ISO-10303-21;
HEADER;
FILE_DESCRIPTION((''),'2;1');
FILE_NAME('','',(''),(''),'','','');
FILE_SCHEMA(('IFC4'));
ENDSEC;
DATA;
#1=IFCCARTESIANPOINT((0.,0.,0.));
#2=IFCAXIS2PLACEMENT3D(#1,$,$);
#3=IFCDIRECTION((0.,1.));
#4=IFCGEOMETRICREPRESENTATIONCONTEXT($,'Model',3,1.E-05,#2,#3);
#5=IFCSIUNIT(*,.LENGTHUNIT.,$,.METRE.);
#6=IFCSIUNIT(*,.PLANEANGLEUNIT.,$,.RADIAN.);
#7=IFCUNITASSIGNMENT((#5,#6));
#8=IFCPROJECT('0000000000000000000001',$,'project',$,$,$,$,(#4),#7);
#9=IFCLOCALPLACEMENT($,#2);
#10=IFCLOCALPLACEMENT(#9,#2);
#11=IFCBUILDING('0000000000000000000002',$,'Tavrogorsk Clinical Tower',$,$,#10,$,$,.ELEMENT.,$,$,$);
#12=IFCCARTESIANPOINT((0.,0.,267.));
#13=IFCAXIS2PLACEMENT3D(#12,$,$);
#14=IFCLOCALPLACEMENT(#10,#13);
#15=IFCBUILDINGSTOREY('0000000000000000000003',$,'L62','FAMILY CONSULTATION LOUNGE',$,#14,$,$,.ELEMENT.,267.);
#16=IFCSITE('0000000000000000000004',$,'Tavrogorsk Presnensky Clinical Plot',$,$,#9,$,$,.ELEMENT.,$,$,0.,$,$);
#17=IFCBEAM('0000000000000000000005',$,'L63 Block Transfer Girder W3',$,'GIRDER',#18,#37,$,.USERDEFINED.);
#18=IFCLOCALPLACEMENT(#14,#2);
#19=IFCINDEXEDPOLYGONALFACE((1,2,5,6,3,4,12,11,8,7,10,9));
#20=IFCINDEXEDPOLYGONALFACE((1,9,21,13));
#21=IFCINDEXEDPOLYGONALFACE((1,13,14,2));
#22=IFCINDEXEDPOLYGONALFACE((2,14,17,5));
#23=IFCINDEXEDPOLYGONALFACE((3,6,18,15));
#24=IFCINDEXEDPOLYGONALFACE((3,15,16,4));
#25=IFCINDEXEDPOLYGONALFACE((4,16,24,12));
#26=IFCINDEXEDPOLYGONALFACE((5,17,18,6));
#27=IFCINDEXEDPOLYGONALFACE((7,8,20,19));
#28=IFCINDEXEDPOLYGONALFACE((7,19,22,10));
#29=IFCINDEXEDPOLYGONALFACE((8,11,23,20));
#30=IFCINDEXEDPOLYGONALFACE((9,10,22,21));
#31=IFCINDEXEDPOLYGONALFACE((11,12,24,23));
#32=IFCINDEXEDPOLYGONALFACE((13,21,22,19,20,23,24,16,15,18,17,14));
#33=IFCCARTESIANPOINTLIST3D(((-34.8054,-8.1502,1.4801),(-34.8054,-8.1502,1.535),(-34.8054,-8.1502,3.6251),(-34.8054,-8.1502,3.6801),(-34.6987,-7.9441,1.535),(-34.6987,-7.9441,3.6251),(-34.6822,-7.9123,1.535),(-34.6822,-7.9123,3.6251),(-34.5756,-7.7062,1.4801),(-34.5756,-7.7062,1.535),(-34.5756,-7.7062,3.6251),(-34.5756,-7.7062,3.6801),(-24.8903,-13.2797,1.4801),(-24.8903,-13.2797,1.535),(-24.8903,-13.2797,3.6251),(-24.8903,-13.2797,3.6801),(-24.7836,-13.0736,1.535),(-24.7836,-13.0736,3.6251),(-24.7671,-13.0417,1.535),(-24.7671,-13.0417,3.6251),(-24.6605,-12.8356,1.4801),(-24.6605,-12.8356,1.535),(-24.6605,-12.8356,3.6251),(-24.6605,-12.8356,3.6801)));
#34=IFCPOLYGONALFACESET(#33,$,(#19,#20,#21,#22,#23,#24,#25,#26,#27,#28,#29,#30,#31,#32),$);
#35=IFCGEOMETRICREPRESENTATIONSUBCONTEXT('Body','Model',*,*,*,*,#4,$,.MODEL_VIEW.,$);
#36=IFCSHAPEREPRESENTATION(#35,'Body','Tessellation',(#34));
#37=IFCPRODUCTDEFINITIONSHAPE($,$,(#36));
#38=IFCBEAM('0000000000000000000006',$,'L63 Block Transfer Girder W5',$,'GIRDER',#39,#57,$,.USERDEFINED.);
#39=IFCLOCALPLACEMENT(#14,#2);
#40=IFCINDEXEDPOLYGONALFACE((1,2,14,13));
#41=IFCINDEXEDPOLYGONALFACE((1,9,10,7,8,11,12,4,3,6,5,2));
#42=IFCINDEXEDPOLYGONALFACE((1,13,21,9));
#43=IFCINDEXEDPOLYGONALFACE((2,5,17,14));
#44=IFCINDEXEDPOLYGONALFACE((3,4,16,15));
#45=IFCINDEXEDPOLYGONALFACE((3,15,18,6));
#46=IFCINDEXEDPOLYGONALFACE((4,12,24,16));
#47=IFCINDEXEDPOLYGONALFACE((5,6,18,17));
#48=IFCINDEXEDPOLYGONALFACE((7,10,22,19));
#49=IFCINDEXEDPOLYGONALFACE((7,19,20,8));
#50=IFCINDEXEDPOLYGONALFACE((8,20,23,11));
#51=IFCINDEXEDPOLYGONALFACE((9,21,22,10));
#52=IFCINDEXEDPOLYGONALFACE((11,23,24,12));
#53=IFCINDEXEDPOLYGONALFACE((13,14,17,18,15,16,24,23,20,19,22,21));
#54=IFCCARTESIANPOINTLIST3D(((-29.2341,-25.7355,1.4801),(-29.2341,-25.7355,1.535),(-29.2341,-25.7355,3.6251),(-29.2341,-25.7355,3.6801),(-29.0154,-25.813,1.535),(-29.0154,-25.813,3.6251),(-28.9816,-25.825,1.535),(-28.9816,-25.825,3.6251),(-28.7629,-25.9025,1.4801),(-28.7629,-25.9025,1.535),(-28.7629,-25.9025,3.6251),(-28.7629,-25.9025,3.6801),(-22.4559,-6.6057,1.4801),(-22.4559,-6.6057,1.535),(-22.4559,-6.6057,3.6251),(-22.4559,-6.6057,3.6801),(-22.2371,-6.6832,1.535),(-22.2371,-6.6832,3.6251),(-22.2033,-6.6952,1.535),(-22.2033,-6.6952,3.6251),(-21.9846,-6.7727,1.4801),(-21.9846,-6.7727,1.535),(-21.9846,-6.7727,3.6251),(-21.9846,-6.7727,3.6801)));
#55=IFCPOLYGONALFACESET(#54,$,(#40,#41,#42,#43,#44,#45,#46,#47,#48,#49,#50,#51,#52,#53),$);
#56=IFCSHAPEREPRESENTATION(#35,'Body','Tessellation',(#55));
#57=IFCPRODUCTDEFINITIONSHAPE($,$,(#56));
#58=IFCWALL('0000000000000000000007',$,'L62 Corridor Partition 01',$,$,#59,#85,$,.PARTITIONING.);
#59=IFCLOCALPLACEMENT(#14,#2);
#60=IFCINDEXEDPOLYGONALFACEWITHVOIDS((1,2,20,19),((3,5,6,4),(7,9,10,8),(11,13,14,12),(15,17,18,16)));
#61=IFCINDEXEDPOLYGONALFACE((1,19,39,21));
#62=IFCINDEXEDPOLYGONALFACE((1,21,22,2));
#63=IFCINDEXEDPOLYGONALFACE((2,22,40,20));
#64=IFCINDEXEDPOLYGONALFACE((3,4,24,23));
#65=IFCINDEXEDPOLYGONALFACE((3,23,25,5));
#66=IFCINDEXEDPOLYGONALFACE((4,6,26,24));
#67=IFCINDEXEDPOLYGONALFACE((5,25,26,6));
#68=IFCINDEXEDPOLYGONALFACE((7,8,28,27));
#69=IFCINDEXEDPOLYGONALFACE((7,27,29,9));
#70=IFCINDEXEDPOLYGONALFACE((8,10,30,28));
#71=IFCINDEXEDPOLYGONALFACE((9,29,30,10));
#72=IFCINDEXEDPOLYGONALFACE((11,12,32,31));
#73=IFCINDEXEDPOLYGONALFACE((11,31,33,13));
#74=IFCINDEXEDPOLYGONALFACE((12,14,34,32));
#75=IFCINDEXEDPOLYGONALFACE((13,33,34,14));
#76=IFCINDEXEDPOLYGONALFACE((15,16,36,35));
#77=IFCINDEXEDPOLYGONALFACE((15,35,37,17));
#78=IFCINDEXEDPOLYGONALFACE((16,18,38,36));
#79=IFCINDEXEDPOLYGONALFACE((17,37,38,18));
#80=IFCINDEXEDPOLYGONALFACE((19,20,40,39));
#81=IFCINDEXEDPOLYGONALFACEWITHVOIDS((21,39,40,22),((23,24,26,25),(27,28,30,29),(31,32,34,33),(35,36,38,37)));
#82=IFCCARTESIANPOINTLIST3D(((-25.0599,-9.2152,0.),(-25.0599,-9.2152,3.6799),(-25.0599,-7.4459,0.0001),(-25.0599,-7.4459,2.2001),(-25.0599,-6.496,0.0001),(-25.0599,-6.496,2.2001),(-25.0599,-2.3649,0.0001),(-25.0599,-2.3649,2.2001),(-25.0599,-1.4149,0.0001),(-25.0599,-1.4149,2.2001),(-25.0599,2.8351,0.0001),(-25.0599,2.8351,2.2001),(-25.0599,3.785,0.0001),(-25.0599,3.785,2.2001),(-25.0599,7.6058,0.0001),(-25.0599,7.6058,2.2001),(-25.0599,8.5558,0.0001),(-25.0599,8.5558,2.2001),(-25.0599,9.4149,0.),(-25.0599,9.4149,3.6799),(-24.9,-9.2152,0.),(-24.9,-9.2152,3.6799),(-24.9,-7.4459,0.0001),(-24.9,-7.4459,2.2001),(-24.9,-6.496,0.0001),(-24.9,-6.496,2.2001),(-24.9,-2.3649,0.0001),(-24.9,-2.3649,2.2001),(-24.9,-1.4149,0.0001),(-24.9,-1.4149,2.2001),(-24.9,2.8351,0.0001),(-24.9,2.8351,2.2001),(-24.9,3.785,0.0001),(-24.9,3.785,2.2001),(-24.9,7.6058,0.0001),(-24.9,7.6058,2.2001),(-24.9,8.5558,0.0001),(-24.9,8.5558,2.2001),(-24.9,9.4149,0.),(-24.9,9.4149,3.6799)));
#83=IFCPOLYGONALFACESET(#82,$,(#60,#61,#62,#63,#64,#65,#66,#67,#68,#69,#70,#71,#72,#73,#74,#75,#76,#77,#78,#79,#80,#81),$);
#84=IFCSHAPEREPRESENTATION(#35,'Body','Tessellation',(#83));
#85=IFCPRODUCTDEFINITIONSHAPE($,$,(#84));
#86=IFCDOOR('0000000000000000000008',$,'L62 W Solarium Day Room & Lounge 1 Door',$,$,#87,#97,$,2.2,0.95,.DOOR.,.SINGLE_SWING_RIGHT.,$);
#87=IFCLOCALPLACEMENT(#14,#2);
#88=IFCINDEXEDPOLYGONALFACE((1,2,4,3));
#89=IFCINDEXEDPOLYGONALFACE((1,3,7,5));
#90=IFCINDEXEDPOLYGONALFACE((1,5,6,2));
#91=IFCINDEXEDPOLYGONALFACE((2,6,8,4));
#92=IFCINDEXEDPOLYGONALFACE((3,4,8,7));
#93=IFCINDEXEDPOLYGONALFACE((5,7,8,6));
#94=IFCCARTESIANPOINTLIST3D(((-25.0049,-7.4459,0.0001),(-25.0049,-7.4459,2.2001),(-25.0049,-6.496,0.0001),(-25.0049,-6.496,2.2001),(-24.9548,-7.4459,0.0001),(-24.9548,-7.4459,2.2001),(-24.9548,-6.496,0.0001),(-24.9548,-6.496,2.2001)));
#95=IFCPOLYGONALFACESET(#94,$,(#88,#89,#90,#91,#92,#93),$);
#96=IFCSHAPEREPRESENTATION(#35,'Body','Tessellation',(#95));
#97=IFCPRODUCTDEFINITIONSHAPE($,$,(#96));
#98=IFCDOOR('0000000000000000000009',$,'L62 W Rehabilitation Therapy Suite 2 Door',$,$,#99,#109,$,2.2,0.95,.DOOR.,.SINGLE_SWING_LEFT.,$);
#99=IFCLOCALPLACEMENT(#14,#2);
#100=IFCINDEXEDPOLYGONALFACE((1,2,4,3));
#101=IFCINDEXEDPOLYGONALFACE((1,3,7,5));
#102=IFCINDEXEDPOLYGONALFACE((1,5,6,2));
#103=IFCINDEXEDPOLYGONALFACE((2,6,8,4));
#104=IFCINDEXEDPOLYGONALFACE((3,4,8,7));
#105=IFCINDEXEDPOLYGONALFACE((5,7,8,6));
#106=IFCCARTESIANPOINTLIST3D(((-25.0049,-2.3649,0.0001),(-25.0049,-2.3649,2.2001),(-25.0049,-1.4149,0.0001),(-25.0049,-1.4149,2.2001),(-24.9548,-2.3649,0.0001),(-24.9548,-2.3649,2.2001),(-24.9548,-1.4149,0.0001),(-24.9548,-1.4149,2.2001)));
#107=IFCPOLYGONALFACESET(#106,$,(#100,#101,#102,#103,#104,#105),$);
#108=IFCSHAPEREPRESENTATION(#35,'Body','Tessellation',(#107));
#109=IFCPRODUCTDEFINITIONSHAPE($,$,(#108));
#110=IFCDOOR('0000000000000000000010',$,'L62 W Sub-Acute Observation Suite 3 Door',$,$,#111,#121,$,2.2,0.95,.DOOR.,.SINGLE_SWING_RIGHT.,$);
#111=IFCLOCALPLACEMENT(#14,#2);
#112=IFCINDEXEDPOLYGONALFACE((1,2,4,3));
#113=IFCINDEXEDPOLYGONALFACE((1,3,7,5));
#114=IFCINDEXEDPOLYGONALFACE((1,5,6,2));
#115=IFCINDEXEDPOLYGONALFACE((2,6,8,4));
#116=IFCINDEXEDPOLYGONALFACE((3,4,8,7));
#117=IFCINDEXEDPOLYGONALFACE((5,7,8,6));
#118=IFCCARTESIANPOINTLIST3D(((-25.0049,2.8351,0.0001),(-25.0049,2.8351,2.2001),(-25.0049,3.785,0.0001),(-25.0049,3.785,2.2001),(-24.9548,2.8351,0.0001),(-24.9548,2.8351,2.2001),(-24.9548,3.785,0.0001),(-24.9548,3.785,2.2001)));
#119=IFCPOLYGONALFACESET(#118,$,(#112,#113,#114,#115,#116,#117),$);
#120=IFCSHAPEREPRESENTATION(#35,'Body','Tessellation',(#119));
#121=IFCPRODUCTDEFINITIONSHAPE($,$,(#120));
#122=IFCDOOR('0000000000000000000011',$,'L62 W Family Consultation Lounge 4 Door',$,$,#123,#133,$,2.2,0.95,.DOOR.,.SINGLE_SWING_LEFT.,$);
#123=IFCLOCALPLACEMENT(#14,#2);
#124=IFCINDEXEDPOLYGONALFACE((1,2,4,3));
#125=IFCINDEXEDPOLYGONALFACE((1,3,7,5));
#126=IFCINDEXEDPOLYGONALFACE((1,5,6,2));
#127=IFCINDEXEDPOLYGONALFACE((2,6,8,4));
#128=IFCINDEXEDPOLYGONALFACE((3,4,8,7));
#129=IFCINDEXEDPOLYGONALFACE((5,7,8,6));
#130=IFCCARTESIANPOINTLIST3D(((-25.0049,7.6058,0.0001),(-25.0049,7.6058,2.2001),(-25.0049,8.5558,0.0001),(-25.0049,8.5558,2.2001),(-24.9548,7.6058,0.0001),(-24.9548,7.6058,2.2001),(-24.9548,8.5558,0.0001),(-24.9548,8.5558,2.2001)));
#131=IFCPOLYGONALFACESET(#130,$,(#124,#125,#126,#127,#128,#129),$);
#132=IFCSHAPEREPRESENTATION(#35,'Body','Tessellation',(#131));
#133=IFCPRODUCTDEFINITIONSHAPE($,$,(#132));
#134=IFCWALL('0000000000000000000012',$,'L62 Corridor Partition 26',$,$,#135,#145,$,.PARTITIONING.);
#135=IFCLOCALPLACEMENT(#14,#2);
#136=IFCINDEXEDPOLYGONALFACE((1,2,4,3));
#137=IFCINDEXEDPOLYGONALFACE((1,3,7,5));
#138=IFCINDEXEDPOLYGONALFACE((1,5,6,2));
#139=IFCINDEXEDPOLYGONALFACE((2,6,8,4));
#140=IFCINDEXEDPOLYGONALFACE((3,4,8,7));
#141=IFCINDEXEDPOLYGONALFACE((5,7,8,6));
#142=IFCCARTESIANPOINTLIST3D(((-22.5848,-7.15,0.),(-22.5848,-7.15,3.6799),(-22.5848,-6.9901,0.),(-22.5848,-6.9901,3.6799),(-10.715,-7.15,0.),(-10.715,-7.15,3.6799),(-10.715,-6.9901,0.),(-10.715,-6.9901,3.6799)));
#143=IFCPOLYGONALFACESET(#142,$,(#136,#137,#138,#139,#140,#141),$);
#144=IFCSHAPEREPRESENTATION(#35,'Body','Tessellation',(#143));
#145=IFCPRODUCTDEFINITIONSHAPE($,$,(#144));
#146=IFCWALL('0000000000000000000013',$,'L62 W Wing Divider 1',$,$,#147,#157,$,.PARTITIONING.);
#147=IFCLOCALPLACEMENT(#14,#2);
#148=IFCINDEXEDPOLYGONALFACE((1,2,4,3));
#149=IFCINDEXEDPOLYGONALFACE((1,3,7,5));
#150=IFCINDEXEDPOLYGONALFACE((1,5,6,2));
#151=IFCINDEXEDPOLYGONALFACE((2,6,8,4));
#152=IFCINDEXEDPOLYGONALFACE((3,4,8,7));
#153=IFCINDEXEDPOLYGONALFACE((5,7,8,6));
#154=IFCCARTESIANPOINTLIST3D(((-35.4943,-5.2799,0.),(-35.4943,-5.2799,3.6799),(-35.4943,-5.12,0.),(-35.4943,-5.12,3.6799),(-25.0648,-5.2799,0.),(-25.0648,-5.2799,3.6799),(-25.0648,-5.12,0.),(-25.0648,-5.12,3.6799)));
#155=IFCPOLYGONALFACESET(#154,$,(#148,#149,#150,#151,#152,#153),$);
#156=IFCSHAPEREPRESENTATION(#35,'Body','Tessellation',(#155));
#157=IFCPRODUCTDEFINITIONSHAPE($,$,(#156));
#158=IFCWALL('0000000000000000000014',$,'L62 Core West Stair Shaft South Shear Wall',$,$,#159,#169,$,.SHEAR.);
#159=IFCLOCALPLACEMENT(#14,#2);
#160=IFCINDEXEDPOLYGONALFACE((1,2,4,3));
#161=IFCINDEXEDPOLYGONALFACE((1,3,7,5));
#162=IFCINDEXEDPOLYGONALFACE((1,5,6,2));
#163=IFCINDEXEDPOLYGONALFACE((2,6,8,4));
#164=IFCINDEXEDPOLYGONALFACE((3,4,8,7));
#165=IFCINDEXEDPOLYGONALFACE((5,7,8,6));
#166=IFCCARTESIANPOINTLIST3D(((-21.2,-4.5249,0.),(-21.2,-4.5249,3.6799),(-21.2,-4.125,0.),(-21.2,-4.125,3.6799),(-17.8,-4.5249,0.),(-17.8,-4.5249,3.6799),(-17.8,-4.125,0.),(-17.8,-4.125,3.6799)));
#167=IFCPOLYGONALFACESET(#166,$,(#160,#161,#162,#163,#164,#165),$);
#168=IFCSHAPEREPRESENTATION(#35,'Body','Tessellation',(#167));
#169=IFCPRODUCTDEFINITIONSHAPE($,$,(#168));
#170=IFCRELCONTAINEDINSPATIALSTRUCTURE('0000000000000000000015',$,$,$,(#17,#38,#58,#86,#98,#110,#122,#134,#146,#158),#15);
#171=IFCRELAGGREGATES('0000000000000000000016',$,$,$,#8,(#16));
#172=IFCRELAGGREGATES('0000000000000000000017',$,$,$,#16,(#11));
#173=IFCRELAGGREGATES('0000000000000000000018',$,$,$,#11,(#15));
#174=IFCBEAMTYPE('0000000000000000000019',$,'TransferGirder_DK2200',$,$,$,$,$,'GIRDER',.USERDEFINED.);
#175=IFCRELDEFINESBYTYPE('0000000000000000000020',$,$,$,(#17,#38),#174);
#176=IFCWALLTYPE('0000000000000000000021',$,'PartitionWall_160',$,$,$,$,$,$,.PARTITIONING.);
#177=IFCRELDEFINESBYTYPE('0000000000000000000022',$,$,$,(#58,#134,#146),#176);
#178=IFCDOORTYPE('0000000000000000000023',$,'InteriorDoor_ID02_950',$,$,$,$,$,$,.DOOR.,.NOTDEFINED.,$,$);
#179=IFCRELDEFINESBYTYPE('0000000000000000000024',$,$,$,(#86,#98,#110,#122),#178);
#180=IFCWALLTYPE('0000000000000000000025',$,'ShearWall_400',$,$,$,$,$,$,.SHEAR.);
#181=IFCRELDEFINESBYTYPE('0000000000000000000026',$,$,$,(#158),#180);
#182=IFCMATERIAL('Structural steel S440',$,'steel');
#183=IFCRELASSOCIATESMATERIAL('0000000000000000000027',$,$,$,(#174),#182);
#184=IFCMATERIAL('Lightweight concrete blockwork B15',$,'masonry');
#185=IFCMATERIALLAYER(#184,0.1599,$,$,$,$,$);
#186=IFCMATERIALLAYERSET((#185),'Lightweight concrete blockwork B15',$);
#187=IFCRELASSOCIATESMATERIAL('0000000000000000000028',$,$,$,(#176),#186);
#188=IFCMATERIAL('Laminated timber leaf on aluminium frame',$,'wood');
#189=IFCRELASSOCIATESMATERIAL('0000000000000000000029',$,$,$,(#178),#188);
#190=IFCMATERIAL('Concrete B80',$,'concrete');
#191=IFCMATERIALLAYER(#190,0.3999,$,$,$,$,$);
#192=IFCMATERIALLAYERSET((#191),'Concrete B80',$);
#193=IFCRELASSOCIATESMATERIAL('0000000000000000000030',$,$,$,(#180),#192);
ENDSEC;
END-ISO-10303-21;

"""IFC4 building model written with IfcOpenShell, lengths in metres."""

from ifc_helpers import new_model, si_unit, direction, frame, frame_2d, origin, origin_2d, place, context, subcontext, project, spatial, rectangle, i_section, extrude, material, layer, layer_set, material_profile, profile_set, type_object, element, fill, save


model = new_model("IFC4")

# Units and contexts
model_context = context("Model", 3, precision=1e-05, world=origin(), true_north=direction((0.0, 1.0)))
body_context = subcontext(model_context, "Body", "Model", "MODEL_VIEW")
ifc_project = project(units=[si_unit("LENGTHUNIT", "METRE"), si_unit("PLANEANGLEUNIT", "RADIAN")], contexts=[model_context])

# Site, building, storey
site_placement = place(None, origin())
site = spatial("IfcSite", under=ifc_project, at=site_placement, Name="Tavrogorsk Presnensky Clinical Plot", CompositionType="ELEMENT", RefElevation=0.0)
building_placement = place(site_placement, origin())
building = spatial("IfcBuilding", under=site, at=building_placement, Name="Tavrogorsk Clinical Tower", CompositionType="ELEMENT")
storey_placement = place(building_placement, frame((0.0, 0.0, 267.0)))
storey = spatial("IfcBuildingStorey", under=building, at=storey_placement, Name="L62", Description="FAMILY CONSULTATION LOUNGE", CompositionType="ELEMENT", Elevation=267.0)

# Beams
ifc_material_1 = material(Name="Structural steel S440", Category="steel")
ifc_material_profile_1 = material_profile(ifc_material_1, i_section(OverallWidth=0.5, OverallDepth=2.2, WebThickness=0.0359, FlangeThickness=0.0549, at=origin_2d()), Name="DK-2200x500x36x55")
ifc_profile_set_1 = profile_set([ifc_material_profile_1], Name="Structural steel S440")
beam_type_1 = type_object("IfcBeamType", Name="TransferGirder_DK2200", ElementType="GIRDER", PredefinedType="USERDEFINED", material=ifc_profile_set_1)
beam_1_placement = place(storey_placement, frame((-24.7754, -13.0576, 2.5801), z_axis=(-0.888184, 0.459488, 0.0), x_axis=(-0.459488, -0.888184, 0.0)))
element("IfcBeam", 1, at=beam_1_placement, inside=storey, type_object=beam_type_1, Name="L63 Block Transfer Girder W3", ObjectType="GIRDER", PredefinedType="USERDEFINED", context=body_context, shape_type="SweptSolid", body=[
    extrude(i_section(OverallWidth=0.5, OverallDepth=2.2, WebThickness=0.0359, FlangeThickness=0.0549, at=origin_2d()), origin(), (0.0, 0.0, 1.0), 11.1633),
])
beam_2_placement = place(storey_placement, frame((-22.2202, -6.6892, 2.5801), z_axis=(-0.333985, -0.942578, 0.0), x_axis=(0.942578, -0.333985, 0.0)))
element("IfcBeam", 2, at=beam_2_placement, inside=storey, type_object=beam_type_1, Name="L63 Block Transfer Girder W5", ObjectType="GIRDER", PredefinedType="USERDEFINED", context=body_context, shape_type="SweptSolid", body=[
    extrude(i_section(OverallWidth=0.5, OverallDepth=2.2, WebThickness=0.0359, FlangeThickness=0.0549, at=origin_2d()), origin(), (0.0, 0.0, 1.0), 20.2952),
])

# Wall, openings, doors
ifc_material_2 = material(Name="Lightweight concrete blockwork B15", Category="masonry")
ifc_layer_1 = layer(ifc_material_2, 0.1599)
ifc_layer_set_1 = layer_set([ifc_layer_1], Name="Lightweight concrete blockwork B15")
wall_type_1 = type_object("IfcWallType", Name="PartitionWall_160", PredefinedType="PARTITIONING", material=ifc_layer_set_1)
wall_1_placement = place(storey_placement, frame((-24.98, -9.2151, 0.0), z_axis=(0.0, 0.0, 1.0), x_axis=(0.0, 1.0, 0.0)))
wall_1 = element("IfcWall", 3, at=wall_1_placement, inside=storey, type_object=wall_type_1, Name="L62 Corridor Partition 01", PredefinedType="PARTITIONING", context=body_context, shape_type="SweptSolid", body=[
    extrude(rectangle(XDim=18.6301, YDim=0.1599, at=frame_2d((9.3149, 0.0))), origin(), (0.0, 0.0, 1.0), 3.6799),
])
opening_1_placement = place(wall_1_placement, frame((1.769, 0.0, 0.0)))
opening_1 = element("IfcOpeningElement", 4, at=opening_1_placement, cuts=wall_1, PredefinedType="OPENING", context=body_context, shape_type="SweptSolid", body=[
    extrude(rectangle(XDim=0.95, YDim=2.2, at=frame_2d((0.4751, 1.1001))), frame((0.0, 0.0898, 0.0), z_axis=(0.0, -1.0, 0.0), x_axis=(1.0, 0.0, 0.0)), (0.0, 0.0, 1.0), 0.1799),
])
opening_2_placement = place(wall_1_placement, frame((6.8501, 0.0, 0.0)))
opening_2 = element("IfcOpeningElement", 5, at=opening_2_placement, cuts=wall_1, PredefinedType="OPENING", context=body_context, shape_type="SweptSolid", body=[
    extrude(rectangle(XDim=0.95, YDim=2.2, at=frame_2d((0.4751, 1.1001))), frame((0.0, 0.0898, 0.0), z_axis=(0.0, -1.0, 0.0), x_axis=(1.0, 0.0, 0.0)), (0.0, 0.0, 1.0), 0.1799),
])
opening_3_placement = place(wall_1_placement, frame((12.05, 0.0, 0.0)))
opening_3 = element("IfcOpeningElement", 6, at=opening_3_placement, cuts=wall_1, PredefinedType="OPENING", context=body_context, shape_type="SweptSolid", body=[
    extrude(rectangle(XDim=0.95, YDim=2.2, at=frame_2d((0.4751, 1.1001))), frame((0.0, 0.0898, 0.0), z_axis=(0.0, -1.0, 0.0), x_axis=(1.0, 0.0, 0.0)), (0.0, 0.0, 1.0), 0.1799),
])
opening_4_placement = place(wall_1_placement, frame((16.8208, 0.0, 0.0)))
opening_4 = element("IfcOpeningElement", 7, at=opening_4_placement, cuts=wall_1, PredefinedType="OPENING", context=body_context, shape_type="SweptSolid", body=[
    extrude(rectangle(XDim=0.95, YDim=2.2, at=frame_2d((0.4751, 1.1001))), frame((0.0, 0.0898, 0.0), z_axis=(0.0, -1.0, 0.0), x_axis=(1.0, 0.0, 0.0)), (0.0, 0.0, 1.0), 0.1799),
])
ifc_material_3 = material(Name="Laminated timber leaf on aluminium frame", Category="wood")
door_type = type_object("IfcDoorType", Name="InteriorDoor_ID02_950", OperationType="NOTDEFINED", PredefinedType="DOOR", material=ifc_material_3)
door_1_placement = place(opening_1_placement, origin())
door_1 = element("IfcDoor", 8, at=door_1_placement, inside=storey, type_object=door_type, Name="L62 W Solarium Day Room & Lounge 1 Door", OperationType="SINGLE_SWING_RIGHT", OverallHeight=2.2, OverallWidth=0.95, PredefinedType="DOOR", context=body_context, shape_type="SweptSolid", body=[
    extrude(rectangle(XDim=0.95, YDim=2.2, at=frame_2d((0.4751, 1.1001))), frame((0.0, 0.0249, 0.0), z_axis=(0.0, -1.0, 0.0), x_axis=(1.0, 0.0, 0.0)), (0.0, 0.0, 1.0), 0.05),
])
fill(opening_1, door_1)
door_2_placement = place(opening_2_placement, origin())
door_2 = element("IfcDoor", 9, at=door_2_placement, inside=storey, type_object=door_type, Name="L62 W Rehabilitation Therapy Suite 2 Door", OperationType="SINGLE_SWING_LEFT", OverallHeight=2.2, OverallWidth=0.95, PredefinedType="DOOR", context=body_context, shape_type="SweptSolid", body=[
    extrude(rectangle(XDim=0.95, YDim=2.2, at=frame_2d((0.4751, 1.1001))), frame((0.0, 0.0249, 0.0), z_axis=(0.0, -1.0, 0.0), x_axis=(1.0, 0.0, 0.0)), (0.0, 0.0, 1.0), 0.05),
])
fill(opening_2, door_2)
door_3_placement = place(opening_3_placement, origin())
door_3 = element("IfcDoor", 10, at=door_3_placement, inside=storey, type_object=door_type, Name="L62 W Sub-Acute Observation Suite 3 Door", OperationType="SINGLE_SWING_RIGHT", OverallHeight=2.2, OverallWidth=0.95, PredefinedType="DOOR", context=body_context, shape_type="SweptSolid", body=[
    extrude(rectangle(XDim=0.95, YDim=2.2, at=frame_2d((0.4751, 1.1001))), frame((0.0, 0.0249, 0.0), z_axis=(0.0, -1.0, 0.0), x_axis=(1.0, 0.0, 0.0)), (0.0, 0.0, 1.0), 0.05),
])
fill(opening_3, door_3)
door_4_placement = place(opening_4_placement, origin())
door_4 = element("IfcDoor", 11, at=door_4_placement, inside=storey, type_object=door_type, Name="L62 W Family Consultation Lounge 4 Door", OperationType="SINGLE_SWING_LEFT", OverallHeight=2.2, OverallWidth=0.95, PredefinedType="DOOR", context=body_context, shape_type="SweptSolid", body=[
    extrude(rectangle(XDim=0.95, YDim=2.2, at=frame_2d((0.4751, 1.1001))), frame((0.0, 0.0249, 0.0), z_axis=(0.0, -1.0, 0.0), x_axis=(1.0, 0.0, 0.0)), (0.0, 0.0, 1.0), 0.05),
])
fill(opening_4, door_4)

# Walls
wall_2_placement = place(storey_placement, frame((-22.585, -7.0701, 0.0), z_axis=(0.0, 0.0, 1.0), x_axis=(1.0, 0.0, 0.0)))
element("IfcWall", 12, at=wall_2_placement, inside=storey, type_object=wall_type_1, Name="L62 Corridor Partition 26", PredefinedType="PARTITIONING", context=body_context, shape_type="SweptSolid", body=[
    extrude(rectangle(XDim=11.8699, YDim=0.1599, at=frame_2d((5.9351, 0.0))), origin(), (0.0, 0.0, 1.0), 3.6799),
])
wall_3_placement = place(storey_placement, frame((-35.4944, -5.2, 0.0), z_axis=(0.0, 0.0, 1.0), x_axis=(1.0, 0.0, 0.0)))
element("IfcWall", 13, at=wall_3_placement, inside=storey, type_object=wall_type_1, Name="L62 W Wing Divider 1", PredefinedType="PARTITIONING", context=body_context, shape_type="SweptSolid", body=[
    extrude(rectangle(XDim=10.4294, YDim=0.1599, at=frame_2d((5.2148, 0.0))), origin(), (0.0, 0.0, 1.0), 3.6799),
])
ifc_material_4 = material(Name="Concrete B80", Category="concrete")
ifc_layer_2 = layer(ifc_material_4, 0.3999)
ifc_layer_set_2 = layer_set([ifc_layer_2], Name="Concrete B80")
wall_type_2 = type_object("IfcWallType", Name="ShearWall_400", PredefinedType="SHEAR", material=ifc_layer_set_2)
wall_4_placement = place(storey_placement, frame((-21.2, -4.325, 0.0), z_axis=(0.0, 0.0, 1.0), x_axis=(1.0, 0.0, 0.0)))
element("IfcWall", 14, at=wall_4_placement, inside=storey, type_object=wall_type_2, Name="L62 Core West Stair Shaft South Shear Wall", PredefinedType="SHEAR", context=body_context, shape_type="SweptSolid", body=[
    extrude(rectangle(XDim=3.3999, YDim=0.3999, at=frame_2d((1.7, 0.0))), origin(), (0.0, 0.0, 1.0), 3.6799),
])

save(model, "model.ifc")
